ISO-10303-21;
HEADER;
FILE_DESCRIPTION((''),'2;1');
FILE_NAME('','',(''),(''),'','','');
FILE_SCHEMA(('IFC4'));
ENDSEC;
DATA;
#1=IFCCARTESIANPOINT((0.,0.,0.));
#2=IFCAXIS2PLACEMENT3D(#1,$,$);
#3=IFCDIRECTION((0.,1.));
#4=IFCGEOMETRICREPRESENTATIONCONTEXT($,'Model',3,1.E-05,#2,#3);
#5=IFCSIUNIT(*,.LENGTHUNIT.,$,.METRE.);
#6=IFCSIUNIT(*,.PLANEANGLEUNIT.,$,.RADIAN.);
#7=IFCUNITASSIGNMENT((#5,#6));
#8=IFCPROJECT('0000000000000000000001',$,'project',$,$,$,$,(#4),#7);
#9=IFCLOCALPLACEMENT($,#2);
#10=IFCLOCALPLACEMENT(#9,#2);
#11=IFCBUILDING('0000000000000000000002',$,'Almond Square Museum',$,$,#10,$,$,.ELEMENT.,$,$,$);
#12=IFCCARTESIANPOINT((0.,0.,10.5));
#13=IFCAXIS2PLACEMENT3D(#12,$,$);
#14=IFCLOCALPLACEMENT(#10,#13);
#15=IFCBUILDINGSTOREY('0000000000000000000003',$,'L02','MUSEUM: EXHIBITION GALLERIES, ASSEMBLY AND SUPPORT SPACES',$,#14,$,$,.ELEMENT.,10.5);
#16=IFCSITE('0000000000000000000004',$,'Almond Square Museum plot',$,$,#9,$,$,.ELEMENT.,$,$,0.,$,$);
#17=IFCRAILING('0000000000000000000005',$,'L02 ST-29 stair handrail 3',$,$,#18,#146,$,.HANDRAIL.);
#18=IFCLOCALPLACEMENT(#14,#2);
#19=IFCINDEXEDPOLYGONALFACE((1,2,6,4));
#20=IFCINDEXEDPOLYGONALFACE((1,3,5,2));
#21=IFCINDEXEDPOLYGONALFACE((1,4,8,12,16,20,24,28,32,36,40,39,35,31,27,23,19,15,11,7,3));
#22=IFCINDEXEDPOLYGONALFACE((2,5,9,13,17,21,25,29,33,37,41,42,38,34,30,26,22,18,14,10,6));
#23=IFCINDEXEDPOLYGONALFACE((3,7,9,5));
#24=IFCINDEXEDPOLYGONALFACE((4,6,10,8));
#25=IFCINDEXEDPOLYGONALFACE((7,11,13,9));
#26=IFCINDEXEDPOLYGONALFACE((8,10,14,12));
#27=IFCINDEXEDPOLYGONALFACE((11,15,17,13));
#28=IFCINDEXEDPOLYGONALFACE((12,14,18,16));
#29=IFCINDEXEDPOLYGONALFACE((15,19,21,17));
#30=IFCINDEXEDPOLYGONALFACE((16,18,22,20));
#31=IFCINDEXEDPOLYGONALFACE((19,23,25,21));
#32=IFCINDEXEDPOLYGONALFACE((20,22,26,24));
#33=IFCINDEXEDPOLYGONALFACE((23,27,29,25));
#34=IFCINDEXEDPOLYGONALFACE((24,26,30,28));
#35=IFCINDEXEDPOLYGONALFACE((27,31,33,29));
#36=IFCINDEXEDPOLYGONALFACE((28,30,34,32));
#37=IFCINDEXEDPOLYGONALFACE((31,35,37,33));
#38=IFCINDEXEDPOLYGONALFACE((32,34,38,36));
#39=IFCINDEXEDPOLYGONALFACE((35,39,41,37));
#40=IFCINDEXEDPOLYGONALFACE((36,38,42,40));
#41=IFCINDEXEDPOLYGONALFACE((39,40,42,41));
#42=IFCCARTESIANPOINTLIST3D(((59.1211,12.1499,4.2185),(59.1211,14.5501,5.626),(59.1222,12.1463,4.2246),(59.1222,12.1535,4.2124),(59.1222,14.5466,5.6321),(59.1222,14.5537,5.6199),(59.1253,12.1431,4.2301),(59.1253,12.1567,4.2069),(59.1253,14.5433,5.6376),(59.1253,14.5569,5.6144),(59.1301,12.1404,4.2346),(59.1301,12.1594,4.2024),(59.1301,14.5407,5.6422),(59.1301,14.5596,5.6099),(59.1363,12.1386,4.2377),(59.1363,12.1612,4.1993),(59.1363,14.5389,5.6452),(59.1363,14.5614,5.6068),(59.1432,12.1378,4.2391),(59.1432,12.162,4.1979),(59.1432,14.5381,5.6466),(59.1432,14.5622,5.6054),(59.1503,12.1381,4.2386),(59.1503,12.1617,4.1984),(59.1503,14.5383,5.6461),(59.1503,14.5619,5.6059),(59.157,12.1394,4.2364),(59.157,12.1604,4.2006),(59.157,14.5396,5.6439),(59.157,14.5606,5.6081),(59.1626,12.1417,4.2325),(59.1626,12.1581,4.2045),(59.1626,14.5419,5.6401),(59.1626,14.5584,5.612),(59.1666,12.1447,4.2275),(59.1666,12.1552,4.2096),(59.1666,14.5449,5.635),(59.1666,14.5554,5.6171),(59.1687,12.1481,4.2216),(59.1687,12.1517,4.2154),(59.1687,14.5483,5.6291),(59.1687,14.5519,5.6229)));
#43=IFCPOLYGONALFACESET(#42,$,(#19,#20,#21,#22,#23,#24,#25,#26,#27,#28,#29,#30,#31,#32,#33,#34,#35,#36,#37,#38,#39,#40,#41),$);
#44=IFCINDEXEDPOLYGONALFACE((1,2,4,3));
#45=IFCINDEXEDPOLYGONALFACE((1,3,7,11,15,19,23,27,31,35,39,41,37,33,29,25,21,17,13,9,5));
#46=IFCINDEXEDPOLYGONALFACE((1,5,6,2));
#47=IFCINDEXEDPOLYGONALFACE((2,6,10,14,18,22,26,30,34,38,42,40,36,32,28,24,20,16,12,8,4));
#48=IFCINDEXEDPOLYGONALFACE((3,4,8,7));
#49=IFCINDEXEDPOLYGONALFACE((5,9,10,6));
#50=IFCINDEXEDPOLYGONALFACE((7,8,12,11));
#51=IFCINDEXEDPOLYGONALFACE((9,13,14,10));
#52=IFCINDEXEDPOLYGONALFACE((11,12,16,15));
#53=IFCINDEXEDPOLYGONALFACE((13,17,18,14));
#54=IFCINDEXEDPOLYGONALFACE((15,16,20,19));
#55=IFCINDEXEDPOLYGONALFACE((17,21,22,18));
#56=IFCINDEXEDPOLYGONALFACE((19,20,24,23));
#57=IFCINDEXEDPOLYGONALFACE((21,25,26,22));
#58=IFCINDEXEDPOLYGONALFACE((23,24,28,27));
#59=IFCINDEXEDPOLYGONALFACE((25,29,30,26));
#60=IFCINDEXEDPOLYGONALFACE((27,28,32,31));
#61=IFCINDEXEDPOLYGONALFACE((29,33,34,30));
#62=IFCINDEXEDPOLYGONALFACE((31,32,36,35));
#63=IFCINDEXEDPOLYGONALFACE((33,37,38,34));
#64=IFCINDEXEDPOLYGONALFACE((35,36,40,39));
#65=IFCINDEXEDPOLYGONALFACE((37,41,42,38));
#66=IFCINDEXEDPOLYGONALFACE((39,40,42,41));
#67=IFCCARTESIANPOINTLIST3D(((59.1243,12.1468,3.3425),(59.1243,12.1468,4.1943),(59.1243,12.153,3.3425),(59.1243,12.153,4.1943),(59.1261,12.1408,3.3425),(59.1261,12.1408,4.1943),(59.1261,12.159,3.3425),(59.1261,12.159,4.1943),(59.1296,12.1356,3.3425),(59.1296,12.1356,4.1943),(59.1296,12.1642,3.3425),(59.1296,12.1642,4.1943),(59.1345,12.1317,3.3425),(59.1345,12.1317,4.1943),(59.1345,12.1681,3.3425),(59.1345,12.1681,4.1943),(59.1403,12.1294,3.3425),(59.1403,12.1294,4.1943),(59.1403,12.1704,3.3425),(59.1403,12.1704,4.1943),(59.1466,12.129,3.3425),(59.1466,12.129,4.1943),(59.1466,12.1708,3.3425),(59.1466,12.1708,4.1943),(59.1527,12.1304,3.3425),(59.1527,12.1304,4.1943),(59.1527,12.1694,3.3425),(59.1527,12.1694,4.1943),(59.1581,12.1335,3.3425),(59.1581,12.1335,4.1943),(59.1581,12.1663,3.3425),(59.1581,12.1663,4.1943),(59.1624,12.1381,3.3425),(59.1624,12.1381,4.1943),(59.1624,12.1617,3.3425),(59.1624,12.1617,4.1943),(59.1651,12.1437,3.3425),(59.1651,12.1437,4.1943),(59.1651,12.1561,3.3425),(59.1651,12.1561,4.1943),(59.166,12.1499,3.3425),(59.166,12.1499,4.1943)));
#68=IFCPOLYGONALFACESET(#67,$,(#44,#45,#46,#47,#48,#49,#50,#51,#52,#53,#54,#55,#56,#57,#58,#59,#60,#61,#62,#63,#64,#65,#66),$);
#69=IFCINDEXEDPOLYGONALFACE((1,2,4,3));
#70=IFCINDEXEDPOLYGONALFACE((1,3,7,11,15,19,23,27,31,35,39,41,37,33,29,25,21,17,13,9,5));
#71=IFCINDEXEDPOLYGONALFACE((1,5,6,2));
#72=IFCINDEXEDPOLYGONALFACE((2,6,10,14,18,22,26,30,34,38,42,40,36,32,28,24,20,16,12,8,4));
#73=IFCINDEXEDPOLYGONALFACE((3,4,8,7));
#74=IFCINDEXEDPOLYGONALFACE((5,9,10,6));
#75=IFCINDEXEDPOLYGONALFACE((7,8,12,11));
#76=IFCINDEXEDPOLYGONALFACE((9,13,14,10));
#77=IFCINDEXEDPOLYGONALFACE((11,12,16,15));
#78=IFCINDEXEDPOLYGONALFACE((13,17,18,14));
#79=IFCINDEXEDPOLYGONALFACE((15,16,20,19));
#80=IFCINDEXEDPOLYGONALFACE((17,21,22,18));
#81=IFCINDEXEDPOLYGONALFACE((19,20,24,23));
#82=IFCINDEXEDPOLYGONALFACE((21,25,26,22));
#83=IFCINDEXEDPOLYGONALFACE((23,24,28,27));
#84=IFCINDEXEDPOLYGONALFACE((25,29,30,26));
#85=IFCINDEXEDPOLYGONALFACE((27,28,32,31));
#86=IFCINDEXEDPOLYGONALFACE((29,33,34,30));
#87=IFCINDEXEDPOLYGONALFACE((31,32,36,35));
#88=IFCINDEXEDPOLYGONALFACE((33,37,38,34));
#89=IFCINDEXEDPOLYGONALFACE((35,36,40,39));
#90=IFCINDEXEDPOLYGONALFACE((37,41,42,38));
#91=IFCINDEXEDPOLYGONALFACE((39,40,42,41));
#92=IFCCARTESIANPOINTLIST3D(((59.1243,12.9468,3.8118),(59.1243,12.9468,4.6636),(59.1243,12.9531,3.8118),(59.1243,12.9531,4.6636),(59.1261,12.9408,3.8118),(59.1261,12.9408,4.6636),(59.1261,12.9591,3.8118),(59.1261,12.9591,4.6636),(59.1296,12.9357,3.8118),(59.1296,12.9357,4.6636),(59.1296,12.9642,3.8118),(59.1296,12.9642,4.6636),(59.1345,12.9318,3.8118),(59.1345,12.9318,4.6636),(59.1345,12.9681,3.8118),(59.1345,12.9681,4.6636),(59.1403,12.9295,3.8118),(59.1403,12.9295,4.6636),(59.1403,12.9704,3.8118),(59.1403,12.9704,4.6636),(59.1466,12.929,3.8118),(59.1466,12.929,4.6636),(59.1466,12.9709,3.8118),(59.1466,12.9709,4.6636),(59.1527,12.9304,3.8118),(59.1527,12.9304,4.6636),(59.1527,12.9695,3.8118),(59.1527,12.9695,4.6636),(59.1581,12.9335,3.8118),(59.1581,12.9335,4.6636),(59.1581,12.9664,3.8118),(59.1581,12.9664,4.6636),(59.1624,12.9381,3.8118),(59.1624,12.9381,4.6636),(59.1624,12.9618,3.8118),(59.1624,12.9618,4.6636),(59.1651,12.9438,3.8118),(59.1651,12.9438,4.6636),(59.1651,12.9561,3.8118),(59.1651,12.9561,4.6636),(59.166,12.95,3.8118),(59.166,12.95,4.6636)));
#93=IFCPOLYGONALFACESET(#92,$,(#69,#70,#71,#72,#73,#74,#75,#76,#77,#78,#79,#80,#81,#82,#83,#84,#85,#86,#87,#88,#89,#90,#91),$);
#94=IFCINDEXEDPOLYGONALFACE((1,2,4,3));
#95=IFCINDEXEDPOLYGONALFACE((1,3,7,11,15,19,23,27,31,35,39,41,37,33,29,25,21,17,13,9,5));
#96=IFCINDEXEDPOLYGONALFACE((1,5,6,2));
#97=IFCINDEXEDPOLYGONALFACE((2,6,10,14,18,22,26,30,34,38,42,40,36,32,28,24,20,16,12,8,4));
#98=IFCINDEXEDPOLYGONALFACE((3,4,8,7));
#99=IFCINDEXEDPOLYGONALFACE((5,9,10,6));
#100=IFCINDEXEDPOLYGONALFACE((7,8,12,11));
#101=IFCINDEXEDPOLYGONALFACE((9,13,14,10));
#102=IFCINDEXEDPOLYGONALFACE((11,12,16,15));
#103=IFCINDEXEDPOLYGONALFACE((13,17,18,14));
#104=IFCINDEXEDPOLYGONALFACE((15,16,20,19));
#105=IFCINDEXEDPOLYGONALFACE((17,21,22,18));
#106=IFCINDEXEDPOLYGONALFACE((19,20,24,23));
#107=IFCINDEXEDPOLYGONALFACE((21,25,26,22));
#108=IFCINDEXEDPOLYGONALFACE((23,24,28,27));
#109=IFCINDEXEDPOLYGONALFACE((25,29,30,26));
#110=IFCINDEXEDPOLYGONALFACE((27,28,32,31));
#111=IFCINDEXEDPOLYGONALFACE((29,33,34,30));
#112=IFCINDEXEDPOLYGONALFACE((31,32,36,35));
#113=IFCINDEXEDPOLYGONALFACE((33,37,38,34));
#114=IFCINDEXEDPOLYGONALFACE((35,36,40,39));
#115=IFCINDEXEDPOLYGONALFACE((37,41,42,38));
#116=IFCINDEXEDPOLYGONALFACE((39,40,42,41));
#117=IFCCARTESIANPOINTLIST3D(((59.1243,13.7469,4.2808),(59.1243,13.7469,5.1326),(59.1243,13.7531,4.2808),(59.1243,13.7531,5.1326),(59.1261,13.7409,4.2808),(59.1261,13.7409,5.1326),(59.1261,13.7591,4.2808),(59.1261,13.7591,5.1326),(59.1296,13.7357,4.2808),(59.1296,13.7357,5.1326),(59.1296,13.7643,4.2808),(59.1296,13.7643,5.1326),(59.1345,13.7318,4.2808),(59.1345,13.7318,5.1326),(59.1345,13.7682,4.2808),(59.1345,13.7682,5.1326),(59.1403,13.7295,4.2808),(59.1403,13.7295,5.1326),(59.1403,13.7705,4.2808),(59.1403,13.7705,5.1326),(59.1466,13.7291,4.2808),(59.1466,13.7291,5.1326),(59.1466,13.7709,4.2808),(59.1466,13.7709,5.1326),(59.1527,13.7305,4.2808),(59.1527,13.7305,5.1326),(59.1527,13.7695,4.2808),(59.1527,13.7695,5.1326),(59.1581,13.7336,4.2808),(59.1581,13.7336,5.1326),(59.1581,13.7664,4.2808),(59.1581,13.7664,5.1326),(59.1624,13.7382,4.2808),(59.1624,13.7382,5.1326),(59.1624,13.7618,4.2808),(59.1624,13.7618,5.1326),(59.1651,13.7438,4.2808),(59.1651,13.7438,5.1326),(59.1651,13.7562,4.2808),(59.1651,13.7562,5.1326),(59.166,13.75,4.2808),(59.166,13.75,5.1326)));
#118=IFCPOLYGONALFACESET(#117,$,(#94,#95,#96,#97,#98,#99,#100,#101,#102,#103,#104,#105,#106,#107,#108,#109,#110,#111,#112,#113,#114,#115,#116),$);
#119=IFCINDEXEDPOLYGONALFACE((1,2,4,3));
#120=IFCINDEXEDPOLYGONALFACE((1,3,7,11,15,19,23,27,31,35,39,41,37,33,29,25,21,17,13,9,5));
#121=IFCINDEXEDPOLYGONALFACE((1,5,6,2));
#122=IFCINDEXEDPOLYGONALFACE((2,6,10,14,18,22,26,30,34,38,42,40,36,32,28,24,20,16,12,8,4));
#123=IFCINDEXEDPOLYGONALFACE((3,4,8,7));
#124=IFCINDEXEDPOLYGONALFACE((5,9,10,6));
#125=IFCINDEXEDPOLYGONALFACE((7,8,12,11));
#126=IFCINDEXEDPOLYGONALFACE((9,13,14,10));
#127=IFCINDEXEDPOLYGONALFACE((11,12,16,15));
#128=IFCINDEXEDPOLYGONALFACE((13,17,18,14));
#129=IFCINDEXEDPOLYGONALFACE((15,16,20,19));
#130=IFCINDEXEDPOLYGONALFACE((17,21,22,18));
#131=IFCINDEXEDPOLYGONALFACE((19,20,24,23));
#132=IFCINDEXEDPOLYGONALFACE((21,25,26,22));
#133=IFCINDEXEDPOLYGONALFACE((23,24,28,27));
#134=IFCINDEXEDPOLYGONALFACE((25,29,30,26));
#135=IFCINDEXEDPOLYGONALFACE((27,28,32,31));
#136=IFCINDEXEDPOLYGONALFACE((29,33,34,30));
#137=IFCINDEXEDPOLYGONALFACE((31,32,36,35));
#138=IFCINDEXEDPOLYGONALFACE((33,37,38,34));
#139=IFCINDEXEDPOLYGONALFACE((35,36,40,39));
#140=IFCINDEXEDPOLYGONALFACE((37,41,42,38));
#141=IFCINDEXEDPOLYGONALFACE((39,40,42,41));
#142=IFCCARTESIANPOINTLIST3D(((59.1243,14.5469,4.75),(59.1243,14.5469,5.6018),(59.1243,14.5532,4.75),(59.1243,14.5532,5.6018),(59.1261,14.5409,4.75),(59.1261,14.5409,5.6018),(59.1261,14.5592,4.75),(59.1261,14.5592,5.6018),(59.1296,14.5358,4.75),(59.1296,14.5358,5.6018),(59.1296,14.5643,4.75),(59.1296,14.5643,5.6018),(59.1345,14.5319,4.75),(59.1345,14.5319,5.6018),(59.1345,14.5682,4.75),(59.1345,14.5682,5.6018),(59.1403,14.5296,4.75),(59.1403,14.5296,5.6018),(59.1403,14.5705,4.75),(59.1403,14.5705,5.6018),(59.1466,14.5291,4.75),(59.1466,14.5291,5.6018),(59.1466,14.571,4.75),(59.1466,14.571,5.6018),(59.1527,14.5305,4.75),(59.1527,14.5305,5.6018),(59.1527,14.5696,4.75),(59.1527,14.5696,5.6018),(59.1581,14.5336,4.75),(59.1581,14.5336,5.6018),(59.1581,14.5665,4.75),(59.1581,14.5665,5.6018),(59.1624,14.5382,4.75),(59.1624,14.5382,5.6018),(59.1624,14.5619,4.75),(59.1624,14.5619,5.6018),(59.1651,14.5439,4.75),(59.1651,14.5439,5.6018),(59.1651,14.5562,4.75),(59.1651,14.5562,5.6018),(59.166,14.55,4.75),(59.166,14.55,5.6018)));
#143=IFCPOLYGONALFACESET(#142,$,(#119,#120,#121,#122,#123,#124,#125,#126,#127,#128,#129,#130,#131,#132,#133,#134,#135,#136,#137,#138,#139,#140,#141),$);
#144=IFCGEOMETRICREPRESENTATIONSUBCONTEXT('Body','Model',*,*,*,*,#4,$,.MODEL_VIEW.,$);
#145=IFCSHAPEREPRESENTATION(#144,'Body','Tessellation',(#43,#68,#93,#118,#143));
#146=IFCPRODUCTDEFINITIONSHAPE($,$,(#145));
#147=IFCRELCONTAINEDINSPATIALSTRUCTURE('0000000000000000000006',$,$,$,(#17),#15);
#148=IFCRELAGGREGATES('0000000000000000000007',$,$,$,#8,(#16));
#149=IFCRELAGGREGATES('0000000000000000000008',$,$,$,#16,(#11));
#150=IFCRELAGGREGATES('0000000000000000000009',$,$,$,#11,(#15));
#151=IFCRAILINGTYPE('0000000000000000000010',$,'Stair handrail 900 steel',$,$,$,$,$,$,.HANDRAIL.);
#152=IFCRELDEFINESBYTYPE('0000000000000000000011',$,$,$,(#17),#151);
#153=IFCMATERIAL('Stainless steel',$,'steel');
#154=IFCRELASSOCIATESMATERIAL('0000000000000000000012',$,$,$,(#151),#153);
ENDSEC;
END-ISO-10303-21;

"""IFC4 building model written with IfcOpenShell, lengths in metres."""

from ifc_helpers import new_model, si_unit, direction, frame, origin, origin_2d, place, context, subcontext, project, spatial, circle, extrude, material, type_object, element, save


model = new_model("IFC4")

# Units and contexts
model_context = context("Model", 3, precision=1e-05, world=origin(), true_north=direction((0.0, 1.0)))
body_context = subcontext(model_context, "Body", "Model", "MODEL_VIEW")
ifc_project = project(units=[si_unit("LENGTHUNIT", "METRE"), si_unit("PLANEANGLEUNIT", "RADIAN")], contexts=[model_context])

# Site, building, storey
site_placement = place(None, origin())
site = spatial("IfcSite", under=ifc_project, at=site_placement, Name="Almond Square Museum plot", CompositionType="ELEMENT", RefElevation=0.0)
building_placement = place(site_placement, origin())
building = spatial("IfcBuilding", under=site, at=building_placement, Name="Almond Square Museum", CompositionType="ELEMENT")
storey_placement = place(building_placement, frame((0.0, 0.0, 10.5)))
storey = spatial("IfcBuildingStorey", under=building, at=storey_placement, Name="L02", Description="MUSEUM: EXHIBITION GALLERIES, ASSEMBLY AND SUPPORT SPACES", CompositionType="ELEMENT", Elevation=10.5)

# Railing
ifc_material_1 = material(Name="Stainless steel", Category="steel")
railing_type_1 = type_object("IfcRailingType", Name="Stair handrail 900 steel", PredefinedType="HANDRAIL", material=ifc_material_1)
for number, where, name in (
    (1, (59.145, 12.1499, 3.3425), "L02 ST-29 stair handrail 3"),
):
    element("IfcRailing", number, at=place(storey_placement, frame(where)), inside=storey, type_object=railing_type_1, Name=name, PredefinedType="HANDRAIL", context=body_context, shape_type="SweptSolid", body=[
        extrude(circle(Radius=0.0239, at=origin_2d()), frame((0.0, 0.0, 0.876), z_axis=(0.0, 0.862621, 0.50585), x_axis=(-1.0, 0.0, 0.0)), (0.0, 0.0, 1.0), 2.7825),
        extrude(circle(Radius=0.021, at=origin_2d()), origin(), (0.0, 0.0, 1.0), 0.8518),
        extrude(circle(Radius=0.021, at=origin_2d()), frame((0.0, 0.8, 0.4692)), (0.0, 0.0, 1.0), 0.8518),
        extrude(circle(Radius=0.021, at=origin_2d()), frame((0.0, 1.6001, 0.9382)), (0.0, 0.0, 1.0), 0.8518),
        extrude(circle(Radius=0.021, at=origin_2d()), frame((0.0, 2.4001, 1.4075)), (0.0, 0.0, 1.0), 0.8518),
    ])

save(model, "model.ifc")
